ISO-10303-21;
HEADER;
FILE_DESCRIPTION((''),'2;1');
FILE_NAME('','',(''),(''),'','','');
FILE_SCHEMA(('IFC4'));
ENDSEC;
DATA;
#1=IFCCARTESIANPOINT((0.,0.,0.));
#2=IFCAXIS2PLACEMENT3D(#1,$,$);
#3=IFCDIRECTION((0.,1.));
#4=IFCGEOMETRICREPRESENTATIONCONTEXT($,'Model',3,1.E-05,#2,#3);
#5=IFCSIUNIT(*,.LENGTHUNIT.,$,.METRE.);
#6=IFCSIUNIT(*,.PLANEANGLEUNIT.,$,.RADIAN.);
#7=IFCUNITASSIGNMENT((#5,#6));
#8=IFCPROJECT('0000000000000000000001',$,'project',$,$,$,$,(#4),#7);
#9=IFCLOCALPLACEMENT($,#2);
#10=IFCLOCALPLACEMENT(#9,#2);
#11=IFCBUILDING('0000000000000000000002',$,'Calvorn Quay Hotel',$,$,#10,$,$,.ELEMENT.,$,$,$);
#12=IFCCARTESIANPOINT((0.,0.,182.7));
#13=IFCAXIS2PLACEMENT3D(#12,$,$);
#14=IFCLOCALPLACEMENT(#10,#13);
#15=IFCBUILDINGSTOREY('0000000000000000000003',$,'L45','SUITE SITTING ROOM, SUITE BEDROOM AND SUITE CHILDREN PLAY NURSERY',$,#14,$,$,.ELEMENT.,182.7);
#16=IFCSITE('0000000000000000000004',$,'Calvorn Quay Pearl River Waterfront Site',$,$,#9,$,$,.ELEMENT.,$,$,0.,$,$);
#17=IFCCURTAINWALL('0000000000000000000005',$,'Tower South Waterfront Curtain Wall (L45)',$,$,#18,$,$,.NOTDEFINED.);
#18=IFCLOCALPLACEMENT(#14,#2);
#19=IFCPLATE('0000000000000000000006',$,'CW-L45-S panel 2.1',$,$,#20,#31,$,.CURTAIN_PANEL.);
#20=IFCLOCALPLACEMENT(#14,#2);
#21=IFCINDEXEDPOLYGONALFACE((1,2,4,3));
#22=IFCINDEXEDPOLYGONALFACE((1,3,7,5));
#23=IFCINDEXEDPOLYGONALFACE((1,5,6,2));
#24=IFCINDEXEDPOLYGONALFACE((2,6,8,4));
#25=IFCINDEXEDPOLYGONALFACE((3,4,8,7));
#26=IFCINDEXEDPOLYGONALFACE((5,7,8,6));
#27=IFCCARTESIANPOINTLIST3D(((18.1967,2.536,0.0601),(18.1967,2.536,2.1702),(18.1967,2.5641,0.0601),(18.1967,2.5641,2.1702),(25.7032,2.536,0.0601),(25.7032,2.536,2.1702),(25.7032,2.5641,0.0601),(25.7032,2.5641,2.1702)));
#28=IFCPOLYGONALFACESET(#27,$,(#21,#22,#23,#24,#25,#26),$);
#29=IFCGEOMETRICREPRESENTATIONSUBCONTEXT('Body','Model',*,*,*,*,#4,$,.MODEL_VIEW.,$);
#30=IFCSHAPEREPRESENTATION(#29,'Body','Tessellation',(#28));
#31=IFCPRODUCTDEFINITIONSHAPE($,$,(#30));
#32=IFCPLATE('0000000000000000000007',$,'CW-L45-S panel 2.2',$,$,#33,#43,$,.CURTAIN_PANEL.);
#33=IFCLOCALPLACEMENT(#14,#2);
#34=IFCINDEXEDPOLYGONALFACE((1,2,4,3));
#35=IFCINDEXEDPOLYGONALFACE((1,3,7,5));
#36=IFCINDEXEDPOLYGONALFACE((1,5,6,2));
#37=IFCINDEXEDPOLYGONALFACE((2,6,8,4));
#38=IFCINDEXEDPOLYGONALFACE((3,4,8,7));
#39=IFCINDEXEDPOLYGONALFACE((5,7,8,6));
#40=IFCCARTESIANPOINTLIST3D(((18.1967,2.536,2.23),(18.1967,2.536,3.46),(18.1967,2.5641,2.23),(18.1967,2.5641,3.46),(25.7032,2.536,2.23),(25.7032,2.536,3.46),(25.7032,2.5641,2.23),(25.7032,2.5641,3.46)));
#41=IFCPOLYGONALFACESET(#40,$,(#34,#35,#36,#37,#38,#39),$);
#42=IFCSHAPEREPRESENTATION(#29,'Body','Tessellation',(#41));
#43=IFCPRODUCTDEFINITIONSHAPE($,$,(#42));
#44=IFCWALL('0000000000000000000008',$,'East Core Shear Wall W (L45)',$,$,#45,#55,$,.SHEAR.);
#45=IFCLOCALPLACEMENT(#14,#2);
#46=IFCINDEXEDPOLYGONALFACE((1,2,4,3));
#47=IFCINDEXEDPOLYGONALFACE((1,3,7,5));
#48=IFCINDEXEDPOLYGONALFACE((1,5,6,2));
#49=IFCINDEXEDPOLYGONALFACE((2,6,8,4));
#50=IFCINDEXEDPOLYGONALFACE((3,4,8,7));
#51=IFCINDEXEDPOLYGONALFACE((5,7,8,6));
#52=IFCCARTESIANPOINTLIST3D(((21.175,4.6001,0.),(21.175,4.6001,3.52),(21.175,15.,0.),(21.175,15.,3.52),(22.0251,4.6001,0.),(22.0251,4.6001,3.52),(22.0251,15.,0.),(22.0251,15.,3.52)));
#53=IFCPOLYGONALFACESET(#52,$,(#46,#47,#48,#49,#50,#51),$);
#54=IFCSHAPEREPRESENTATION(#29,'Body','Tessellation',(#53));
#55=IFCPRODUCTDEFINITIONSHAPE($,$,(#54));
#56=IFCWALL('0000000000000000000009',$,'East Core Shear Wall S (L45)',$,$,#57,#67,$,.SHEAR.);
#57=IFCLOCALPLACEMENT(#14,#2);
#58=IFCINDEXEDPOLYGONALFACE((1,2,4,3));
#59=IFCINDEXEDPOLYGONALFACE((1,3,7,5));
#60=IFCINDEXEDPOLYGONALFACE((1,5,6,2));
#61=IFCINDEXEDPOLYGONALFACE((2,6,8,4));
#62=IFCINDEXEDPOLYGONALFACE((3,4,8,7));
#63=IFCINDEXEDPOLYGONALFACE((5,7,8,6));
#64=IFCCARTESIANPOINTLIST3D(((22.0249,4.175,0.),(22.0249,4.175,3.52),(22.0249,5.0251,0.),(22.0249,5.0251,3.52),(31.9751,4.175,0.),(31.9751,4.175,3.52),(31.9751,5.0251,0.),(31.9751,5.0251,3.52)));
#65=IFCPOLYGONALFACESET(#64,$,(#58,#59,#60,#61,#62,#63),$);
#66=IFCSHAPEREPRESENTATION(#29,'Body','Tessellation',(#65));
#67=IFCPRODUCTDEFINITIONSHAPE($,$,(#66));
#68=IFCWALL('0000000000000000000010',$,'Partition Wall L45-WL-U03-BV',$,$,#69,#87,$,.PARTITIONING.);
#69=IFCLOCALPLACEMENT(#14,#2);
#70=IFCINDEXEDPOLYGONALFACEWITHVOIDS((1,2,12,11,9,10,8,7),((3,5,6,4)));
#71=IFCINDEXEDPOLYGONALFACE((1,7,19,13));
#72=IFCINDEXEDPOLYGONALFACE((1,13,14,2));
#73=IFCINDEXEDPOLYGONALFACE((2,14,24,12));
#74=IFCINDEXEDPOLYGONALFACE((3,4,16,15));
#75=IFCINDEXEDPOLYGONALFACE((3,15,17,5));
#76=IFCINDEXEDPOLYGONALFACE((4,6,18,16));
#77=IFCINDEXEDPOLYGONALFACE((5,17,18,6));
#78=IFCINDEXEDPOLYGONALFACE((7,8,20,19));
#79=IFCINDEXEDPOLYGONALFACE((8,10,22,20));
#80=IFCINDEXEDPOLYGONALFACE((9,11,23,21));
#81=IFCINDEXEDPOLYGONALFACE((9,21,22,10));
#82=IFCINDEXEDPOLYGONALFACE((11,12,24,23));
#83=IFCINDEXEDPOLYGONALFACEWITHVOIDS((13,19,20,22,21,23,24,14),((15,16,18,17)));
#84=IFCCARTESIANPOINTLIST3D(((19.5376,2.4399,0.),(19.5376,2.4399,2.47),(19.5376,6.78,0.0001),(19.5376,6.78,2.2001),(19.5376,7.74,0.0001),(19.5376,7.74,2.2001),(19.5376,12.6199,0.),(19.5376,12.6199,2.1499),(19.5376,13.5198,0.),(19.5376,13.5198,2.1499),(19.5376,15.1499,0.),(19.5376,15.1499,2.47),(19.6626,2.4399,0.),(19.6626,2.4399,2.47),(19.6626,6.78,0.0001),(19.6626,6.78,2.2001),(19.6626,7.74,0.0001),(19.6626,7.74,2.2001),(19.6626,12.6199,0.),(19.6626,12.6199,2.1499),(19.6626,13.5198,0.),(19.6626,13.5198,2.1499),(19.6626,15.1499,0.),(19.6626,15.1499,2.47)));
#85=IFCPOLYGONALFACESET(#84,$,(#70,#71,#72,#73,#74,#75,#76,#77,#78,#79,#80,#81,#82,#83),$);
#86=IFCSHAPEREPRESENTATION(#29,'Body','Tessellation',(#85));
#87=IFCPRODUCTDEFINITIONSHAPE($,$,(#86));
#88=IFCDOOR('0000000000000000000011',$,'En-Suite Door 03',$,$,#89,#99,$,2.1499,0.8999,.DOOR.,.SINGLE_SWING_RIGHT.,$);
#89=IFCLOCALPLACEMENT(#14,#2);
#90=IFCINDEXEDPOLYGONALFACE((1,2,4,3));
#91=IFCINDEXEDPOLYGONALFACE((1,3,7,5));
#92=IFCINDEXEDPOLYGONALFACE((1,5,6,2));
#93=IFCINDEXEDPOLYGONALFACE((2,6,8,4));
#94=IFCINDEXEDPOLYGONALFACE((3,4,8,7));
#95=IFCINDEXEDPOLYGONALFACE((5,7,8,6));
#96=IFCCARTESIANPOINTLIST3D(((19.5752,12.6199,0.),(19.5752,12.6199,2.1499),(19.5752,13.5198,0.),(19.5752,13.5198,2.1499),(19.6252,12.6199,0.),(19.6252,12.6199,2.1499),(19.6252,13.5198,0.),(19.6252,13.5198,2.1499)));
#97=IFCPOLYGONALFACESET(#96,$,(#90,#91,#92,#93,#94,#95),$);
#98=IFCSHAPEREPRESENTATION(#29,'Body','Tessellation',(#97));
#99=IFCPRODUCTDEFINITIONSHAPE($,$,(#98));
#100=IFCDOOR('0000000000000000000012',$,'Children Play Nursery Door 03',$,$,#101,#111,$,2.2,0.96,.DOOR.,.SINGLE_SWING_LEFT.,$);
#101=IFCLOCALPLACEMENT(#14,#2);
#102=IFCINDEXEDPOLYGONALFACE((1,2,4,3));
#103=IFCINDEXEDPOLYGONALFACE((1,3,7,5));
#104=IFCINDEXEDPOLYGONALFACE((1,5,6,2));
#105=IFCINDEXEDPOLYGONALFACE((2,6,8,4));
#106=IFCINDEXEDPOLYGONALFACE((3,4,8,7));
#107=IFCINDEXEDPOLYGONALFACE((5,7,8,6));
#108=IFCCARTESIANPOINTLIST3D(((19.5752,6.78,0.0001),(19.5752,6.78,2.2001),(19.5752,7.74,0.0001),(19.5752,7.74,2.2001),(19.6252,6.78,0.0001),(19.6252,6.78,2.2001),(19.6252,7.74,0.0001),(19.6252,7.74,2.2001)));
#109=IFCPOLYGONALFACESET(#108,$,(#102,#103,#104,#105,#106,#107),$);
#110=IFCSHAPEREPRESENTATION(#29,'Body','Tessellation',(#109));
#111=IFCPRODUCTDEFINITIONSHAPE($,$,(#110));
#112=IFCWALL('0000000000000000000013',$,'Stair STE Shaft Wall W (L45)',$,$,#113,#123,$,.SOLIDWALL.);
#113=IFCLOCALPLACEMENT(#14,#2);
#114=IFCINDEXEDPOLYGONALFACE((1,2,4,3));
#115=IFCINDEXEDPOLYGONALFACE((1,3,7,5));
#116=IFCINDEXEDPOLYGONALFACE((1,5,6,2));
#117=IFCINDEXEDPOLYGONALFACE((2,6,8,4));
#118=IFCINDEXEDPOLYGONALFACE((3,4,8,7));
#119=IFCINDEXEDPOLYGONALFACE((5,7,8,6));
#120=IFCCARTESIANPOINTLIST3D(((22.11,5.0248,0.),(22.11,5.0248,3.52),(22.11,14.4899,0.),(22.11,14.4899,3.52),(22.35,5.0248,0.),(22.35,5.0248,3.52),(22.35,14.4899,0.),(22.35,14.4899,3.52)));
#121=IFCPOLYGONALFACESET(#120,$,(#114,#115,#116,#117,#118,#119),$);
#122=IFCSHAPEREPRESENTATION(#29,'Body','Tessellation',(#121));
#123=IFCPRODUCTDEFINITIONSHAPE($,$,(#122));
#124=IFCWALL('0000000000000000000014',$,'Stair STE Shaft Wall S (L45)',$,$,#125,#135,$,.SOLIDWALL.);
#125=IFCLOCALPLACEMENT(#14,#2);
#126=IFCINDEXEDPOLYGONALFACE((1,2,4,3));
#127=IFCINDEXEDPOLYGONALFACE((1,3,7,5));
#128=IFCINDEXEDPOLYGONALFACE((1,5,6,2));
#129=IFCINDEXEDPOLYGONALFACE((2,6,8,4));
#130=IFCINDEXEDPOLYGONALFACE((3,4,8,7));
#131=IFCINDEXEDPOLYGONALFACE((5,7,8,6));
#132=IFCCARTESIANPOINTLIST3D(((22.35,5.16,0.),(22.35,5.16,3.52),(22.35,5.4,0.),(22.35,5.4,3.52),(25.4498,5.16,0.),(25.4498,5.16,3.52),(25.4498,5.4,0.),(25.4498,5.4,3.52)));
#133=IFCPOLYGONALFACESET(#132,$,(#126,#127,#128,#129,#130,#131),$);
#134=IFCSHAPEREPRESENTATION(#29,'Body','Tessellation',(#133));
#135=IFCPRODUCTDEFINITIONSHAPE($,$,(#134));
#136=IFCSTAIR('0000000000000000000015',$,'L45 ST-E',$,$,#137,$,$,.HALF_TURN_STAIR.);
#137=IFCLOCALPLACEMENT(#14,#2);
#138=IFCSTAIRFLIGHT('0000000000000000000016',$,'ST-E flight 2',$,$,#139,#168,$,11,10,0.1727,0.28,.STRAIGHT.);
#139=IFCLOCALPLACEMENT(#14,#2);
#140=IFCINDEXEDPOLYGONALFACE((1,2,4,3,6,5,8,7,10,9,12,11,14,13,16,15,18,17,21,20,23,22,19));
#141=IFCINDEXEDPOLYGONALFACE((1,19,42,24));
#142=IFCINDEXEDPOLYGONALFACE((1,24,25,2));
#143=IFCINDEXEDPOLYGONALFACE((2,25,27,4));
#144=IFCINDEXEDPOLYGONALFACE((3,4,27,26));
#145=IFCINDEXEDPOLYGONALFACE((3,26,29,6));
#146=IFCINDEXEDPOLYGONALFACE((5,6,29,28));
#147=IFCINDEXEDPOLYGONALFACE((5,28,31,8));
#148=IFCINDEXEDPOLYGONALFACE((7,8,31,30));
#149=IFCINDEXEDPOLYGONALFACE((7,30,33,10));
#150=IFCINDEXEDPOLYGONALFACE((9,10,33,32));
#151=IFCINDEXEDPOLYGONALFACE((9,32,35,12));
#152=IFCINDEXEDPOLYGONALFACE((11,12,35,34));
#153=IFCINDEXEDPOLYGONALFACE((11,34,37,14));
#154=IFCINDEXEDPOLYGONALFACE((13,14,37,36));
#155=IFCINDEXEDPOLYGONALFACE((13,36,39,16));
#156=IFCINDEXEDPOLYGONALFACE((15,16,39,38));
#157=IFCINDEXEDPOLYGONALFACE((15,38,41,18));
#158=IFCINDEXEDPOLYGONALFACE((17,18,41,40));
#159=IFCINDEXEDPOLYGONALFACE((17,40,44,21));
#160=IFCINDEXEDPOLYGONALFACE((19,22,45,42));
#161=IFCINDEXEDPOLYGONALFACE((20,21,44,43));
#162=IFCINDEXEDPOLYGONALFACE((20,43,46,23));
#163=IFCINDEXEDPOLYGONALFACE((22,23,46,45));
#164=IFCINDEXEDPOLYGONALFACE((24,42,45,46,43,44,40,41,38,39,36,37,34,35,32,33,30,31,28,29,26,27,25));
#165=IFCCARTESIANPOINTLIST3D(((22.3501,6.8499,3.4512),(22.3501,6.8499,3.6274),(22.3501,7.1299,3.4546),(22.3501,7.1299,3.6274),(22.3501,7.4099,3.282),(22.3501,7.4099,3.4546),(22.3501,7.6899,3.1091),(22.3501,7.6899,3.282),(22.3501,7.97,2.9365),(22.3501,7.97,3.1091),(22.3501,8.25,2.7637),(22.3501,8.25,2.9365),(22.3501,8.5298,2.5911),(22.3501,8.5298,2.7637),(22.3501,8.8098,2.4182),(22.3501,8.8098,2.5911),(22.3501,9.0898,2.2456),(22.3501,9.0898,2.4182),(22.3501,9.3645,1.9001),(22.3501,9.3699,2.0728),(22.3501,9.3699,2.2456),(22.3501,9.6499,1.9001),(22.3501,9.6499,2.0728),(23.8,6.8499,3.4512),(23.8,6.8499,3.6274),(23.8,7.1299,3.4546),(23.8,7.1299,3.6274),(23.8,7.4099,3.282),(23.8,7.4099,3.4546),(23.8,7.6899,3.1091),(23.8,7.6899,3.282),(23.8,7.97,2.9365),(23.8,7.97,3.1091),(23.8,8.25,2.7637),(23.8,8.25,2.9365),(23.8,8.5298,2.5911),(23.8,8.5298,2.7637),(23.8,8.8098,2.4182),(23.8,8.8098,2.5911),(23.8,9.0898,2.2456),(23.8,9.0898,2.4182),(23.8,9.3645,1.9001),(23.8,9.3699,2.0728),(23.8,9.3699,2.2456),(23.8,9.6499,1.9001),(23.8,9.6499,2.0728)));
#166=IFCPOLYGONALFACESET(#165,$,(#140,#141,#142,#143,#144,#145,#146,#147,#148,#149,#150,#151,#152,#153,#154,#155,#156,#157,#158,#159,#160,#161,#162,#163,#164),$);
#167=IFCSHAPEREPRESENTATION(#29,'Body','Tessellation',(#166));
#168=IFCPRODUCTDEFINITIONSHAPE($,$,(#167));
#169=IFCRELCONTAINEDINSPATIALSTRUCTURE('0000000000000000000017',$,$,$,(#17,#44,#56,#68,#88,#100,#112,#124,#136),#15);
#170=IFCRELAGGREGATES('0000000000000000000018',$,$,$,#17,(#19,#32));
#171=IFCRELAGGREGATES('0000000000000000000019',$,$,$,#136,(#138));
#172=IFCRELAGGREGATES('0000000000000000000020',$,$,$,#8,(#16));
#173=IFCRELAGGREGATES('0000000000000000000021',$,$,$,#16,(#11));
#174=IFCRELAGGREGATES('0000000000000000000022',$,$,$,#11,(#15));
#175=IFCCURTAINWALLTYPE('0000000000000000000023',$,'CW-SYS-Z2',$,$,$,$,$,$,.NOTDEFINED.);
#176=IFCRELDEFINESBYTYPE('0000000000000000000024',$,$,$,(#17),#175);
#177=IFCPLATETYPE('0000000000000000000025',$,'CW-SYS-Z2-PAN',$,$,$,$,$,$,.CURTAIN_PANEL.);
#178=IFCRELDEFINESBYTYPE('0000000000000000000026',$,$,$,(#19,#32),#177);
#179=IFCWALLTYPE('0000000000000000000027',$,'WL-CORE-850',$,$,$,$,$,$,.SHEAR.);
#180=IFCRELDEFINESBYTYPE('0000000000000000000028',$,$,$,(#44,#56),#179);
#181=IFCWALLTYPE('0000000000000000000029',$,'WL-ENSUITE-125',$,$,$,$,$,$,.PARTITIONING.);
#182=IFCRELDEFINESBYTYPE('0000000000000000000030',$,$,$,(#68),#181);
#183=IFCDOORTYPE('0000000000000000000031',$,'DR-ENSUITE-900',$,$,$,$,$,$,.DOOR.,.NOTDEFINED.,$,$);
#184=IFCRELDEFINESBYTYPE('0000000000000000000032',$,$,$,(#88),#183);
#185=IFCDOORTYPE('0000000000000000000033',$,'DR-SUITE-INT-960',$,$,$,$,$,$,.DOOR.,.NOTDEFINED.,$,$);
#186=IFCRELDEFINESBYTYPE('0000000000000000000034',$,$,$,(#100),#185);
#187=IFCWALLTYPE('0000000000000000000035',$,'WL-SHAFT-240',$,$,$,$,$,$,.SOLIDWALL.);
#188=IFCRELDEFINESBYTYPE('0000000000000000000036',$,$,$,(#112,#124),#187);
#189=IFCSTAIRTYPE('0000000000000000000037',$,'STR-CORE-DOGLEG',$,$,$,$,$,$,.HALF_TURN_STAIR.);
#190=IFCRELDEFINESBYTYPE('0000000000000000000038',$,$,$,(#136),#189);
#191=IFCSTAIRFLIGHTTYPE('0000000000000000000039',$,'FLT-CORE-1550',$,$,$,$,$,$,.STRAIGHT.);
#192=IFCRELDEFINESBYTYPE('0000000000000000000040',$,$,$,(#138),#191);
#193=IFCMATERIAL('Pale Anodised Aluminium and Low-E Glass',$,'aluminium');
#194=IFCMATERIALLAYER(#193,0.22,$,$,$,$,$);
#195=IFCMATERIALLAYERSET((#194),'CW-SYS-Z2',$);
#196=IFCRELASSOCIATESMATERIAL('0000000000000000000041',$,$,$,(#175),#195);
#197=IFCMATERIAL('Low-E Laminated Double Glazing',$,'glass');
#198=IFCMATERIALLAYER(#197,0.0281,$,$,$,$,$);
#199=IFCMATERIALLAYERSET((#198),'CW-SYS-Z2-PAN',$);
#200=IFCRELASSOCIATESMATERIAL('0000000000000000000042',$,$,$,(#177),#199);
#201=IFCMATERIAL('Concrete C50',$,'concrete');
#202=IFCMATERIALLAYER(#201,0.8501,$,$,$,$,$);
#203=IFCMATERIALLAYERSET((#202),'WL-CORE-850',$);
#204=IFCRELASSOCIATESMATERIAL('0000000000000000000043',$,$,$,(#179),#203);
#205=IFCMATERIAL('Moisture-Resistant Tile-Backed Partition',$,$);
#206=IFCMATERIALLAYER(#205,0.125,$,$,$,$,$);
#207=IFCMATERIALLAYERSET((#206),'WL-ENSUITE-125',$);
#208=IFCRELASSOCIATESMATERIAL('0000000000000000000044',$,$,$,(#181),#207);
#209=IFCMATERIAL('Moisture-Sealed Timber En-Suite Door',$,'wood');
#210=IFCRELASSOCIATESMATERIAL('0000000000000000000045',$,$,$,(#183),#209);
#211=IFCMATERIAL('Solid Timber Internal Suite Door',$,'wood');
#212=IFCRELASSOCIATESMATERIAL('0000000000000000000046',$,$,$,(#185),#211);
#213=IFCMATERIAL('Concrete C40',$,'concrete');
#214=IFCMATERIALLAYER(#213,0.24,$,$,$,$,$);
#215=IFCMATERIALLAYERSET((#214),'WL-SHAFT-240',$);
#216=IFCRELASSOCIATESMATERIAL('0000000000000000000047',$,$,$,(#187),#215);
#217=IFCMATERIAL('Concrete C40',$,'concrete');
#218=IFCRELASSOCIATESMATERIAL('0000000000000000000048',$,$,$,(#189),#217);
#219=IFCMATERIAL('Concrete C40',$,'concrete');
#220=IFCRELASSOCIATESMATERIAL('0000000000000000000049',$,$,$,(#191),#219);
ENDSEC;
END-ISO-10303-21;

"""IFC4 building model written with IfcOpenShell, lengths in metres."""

from ifc_helpers import new_model, si_unit, direction, frame, frame_2d, origin, origin_2d, place, context, subcontext, project, spatial, polyline, rectangle, outline, extrude, material, layer, layer_set, type_object, element, fill, aggregate, save


model = new_model("IFC4")

# Units and contexts
model_context = context("Model", 3, precision=1e-05, world=origin(), true_north=direction((0.0, 1.0)))
body_context = subcontext(model_context, "Body", "Model", "MODEL_VIEW")
ifc_project = project(units=[si_unit("LENGTHUNIT", "METRE"), si_unit("PLANEANGLEUNIT", "RADIAN")], contexts=[model_context])

# Site, building, storey
site_placement = place(None, origin())
site = spatial("IfcSite", under=ifc_project, at=site_placement, Name="Calvorn Quay Pearl River Waterfront Site", CompositionType="ELEMENT", RefElevation=0.0)
building_placement = place(site_placement, origin())
building = spatial("IfcBuilding", under=site, at=building_placement, Name="Calvorn Quay Hotel", CompositionType="ELEMENT")
storey_placement = place(building_placement, frame((0.0, 0.0, 182.7)))
storey = spatial("IfcBuildingStorey", under=building, at=storey_placement, Name="L45", Description="SUITE SITTING ROOM, SUITE BEDROOM AND SUITE CHILDREN PLAY NURSERY", CompositionType="ELEMENT", Elevation=182.7)

# Curtain wall, plates
ifc_material_1 = material(Name="Pale Anodised Aluminium and Low-E Glass", Category="aluminium")
ifc_layer_1 = layer(ifc_material_1, 0.22)
ifc_layer_set_1 = layer_set([ifc_layer_1], Name="CW-SYS-Z2")
curtain_wall_type = type_object("IfcCurtainWallType", Name="CW-SYS-Z2", PredefinedType="NOTDEFINED", material=ifc_layer_set_1)
curtain_wall_placement = place(storey_placement, origin())
curtain_wall = element("IfcCurtainWall", 1, at=curtain_wall_placement, inside=storey, type_object=curtain_wall_type, Name="Tower South Waterfront Curtain Wall (L45)", PredefinedType="NOTDEFINED")
ifc_material_2 = material(Name="Low-E Laminated Double Glazing", Category="glass")
ifc_layer_2 = layer(ifc_material_2, 0.0281)
ifc_layer_set_2 = layer_set([ifc_layer_2], Name="CW-SYS-Z2-PAN")
plate_type = type_object("IfcPlateType", Name="CW-SYS-Z2-PAN", PredefinedType="CURTAIN_PANEL", material=ifc_layer_set_2)
plate_1_placement = place(storey_placement, frame((21.95, 2.55, 0.0601), z_axis=(0.0, 0.0, 1.0), x_axis=(1.0, 0.0, 0.0)))
plate_1 = element("IfcPlate", 2, at=plate_1_placement, type_object=plate_type, Name="CW-L45-S panel 2.1", PredefinedType="CURTAIN_PANEL", context=body_context, shape_type="SweptSolid", body=[
    extrude(rectangle(XDim=7.5066, YDim=0.0281, at=origin_2d()), origin(), (0.0, 0.0, 1.0), 2.1101),
])
plate_2_placement = place(storey_placement, frame((21.95, 2.55, 2.23), z_axis=(0.0, 0.0, 1.0), x_axis=(1.0, 0.0, 0.0)))
plate_2 = element("IfcPlate", 3, at=plate_2_placement, type_object=plate_type, Name="CW-L45-S panel 2.2", PredefinedType="CURTAIN_PANEL", context=body_context, shape_type="SweptSolid", body=[
    extrude(rectangle(XDim=7.5066, YDim=0.0281, at=origin_2d()), origin(), (0.0, 0.0, 1.0), 1.23),
])
aggregate(curtain_wall, [plate_1, plate_2])

# Walls
ifc_material_3 = material(Name="Concrete C50", Category="concrete")
ifc_layer_3 = layer(ifc_material_3, 0.8501)
ifc_layer_set_3 = layer_set([ifc_layer_3], Name="WL-CORE-850")
wall_type_1 = type_object("IfcWallType", Name="WL-CORE-850", PredefinedType="SHEAR", material=ifc_layer_set_3)
wall_1_placement = place(storey_placement, frame((21.6001, 4.6001, 0.0), z_axis=(0.0, 0.0, 1.0), x_axis=(0.0, 1.0, 0.0)))
element("IfcWall", 4, at=wall_1_placement, inside=storey, type_object=wall_type_1, Name="East Core Shear Wall W (L45)", PredefinedType="SHEAR", context=body_context, shape_type="SweptSolid", body=[
    extrude(rectangle(XDim=10.3999, YDim=0.8501, at=frame_2d((5.2, 0.0))), origin(), (0.0, 0.0, 1.0), 3.52),
])
wall_2_placement = place(storey_placement, frame((22.0249, 4.6001, 0.0), z_axis=(0.0, 0.0, 1.0), x_axis=(1.0, 0.0, 0.0)))
element("IfcWall", 5, at=wall_2_placement, inside=storey, type_object=wall_type_1, Name="East Core Shear Wall S (L45)", PredefinedType="SHEAR", context=body_context, shape_type="SweptSolid", body=[
    extrude(rectangle(XDim=9.9502, YDim=0.8501, at=frame_2d((4.9751, 0.0))), origin(), (0.0, 0.0, 1.0), 3.52),
])

# Wall, openings, doors
ifc_material_4 = material(Name="Moisture-Resistant Tile-Backed Partition")
ifc_layer_4 = layer(ifc_material_4, 0.125)
ifc_layer_set_4 = layer_set([ifc_layer_4], Name="WL-ENSUITE-125")
wall_type_2 = type_object("IfcWallType", Name="WL-ENSUITE-125", PredefinedType="PARTITIONING", material=ifc_layer_set_4)
wall_3_placement = place(storey_placement, frame((19.6001, 2.4399, 0.0), z_axis=(0.0, 0.0, 1.0), x_axis=(0.0, 1.0, 0.0)))
wall_3 = element("IfcWall", 6, at=wall_3_placement, inside=storey, type_object=wall_type_2, Name="Partition Wall L45-WL-U03-BV", PredefinedType="PARTITIONING", context=body_context, shape_type="SweptSolid", body=[
    extrude(rectangle(XDim=12.71, YDim=0.125, at=frame_2d((6.355, 0.0))), origin(), (0.0, 0.0, 1.0), 2.47),
])
opening_1_placement = place(wall_3_placement, frame((4.3401, 0.0, 0.0)))
opening_1 = element("IfcOpeningElement", 7, at=opening_1_placement, cuts=wall_3, PredefinedType="OPENING", context=body_context, shape_type="SweptSolid", body=[
    extrude(rectangle(XDim=0.96, YDim=2.2, at=frame_2d((0.48, 1.1001))), frame((0.0, 0.0725, 0.0), z_axis=(0.0, -1.0, 0.0), x_axis=(1.0, 0.0, 0.0)), (0.0, 0.0, 1.0), 0.145),
])
opening_2_placement = place(wall_3_placement, frame((10.1799, 0.0, 0.0)))
opening_2 = element("IfcOpeningElement", 8, at=opening_2_placement, cuts=wall_3, PredefinedType="OPENING", context=body_context, shape_type="SweptSolid", body=[
    extrude(rectangle(XDim=0.8999, YDim=2.1499, at=frame_2d((0.45, 1.075))), frame((0.0, 0.0725, 0.0), z_axis=(0.0, -1.0, 0.0), x_axis=(1.0, 0.0, 0.0)), (0.0, 0.0, 1.0), 0.145),
])
ifc_material_5 = material(Name="Moisture-Sealed Timber En-Suite Door", Category="wood")
door_type_1 = type_object("IfcDoorType", Name="DR-ENSUITE-900", OperationType="NOTDEFINED", PredefinedType="DOOR", material=ifc_material_5)
door_1_placement = place(opening_2_placement, origin())
door_1 = element("IfcDoor", 9, at=door_1_placement, inside=storey, type_object=door_type_1, Name="En-Suite Door 03", OperationType="SINGLE_SWING_RIGHT", OverallHeight=2.1499, OverallWidth=0.8999, PredefinedType="DOOR", context=body_context, shape_type="SweptSolid", body=[
    extrude(rectangle(XDim=0.8999, YDim=2.1499, at=frame_2d((0.45, 1.075))), frame((0.0, 0.0249, 0.0), z_axis=(0.0, -1.0, 0.0), x_axis=(1.0, 0.0, 0.0)), (0.0, 0.0, 1.0), 0.05),
])
fill(opening_2, door_1)
ifc_material_6 = material(Name="Solid Timber Internal Suite Door", Category="wood")
door_type_2 = type_object("IfcDoorType", Name="DR-SUITE-INT-960", OperationType="NOTDEFINED", PredefinedType="DOOR", material=ifc_material_6)
door_2_placement = place(opening_1_placement, origin())
door_2 = element("IfcDoor", 10, at=door_2_placement, inside=storey, type_object=door_type_2, Name="Children Play Nursery Door 03", OperationType="SINGLE_SWING_LEFT", OverallHeight=2.2, OverallWidth=0.96, PredefinedType="DOOR", context=body_context, shape_type="SweptSolid", body=[
    extrude(rectangle(XDim=0.96, YDim=2.2, at=frame_2d((0.48, 1.1001))), frame((0.0, 0.0249, 0.0), z_axis=(0.0, -1.0, 0.0), x_axis=(1.0, 0.0, 0.0)), (0.0, 0.0, 1.0), 0.05),
])
fill(opening_1, door_2)

# Walls
ifc_material_7 = material(Name="Concrete C40", Category="concrete")
ifc_layer_5 = layer(ifc_material_7, 0.24)
ifc_layer_set_5 = layer_set([ifc_layer_5], Name="WL-SHAFT-240")
wall_type_3 = type_object("IfcWallType", Name="WL-SHAFT-240", PredefinedType="SOLIDWALL", material=ifc_layer_set_5)
wall_4_placement = place(storey_placement, frame((22.23, 5.0249, 0.0), z_axis=(0.0, 0.0, 1.0), x_axis=(0.0, 1.0, 0.0)))
element("IfcWall", 11, at=wall_4_placement, inside=storey, type_object=wall_type_3, Name="Stair STE Shaft Wall W (L45)", PredefinedType="SOLIDWALL", context=body_context, shape_type="SweptSolid", body=[
    extrude(rectangle(XDim=9.4651, YDim=0.24, at=frame_2d((4.7324, 0.0))), origin(), (0.0, 0.0, 1.0), 3.52),
])
wall_5_placement = place(storey_placement, frame((22.3501, 5.28, 0.0), z_axis=(0.0, 0.0, 1.0), x_axis=(1.0, 0.0, 0.0)))
element("IfcWall", 12, at=wall_5_placement, inside=storey, type_object=wall_type_3, Name="Stair STE Shaft Wall S (L45)", PredefinedType="SOLIDWALL", context=body_context, shape_type="SweptSolid", body=[
    extrude(rectangle(XDim=3.0999, YDim=0.24, at=frame_2d((1.5498, 0.0))), origin(), (0.0, 0.0, 1.0), 3.52),
])

# Stair, stair flight
ifc_material_8 = material(Name="Concrete C40", Category="concrete")
stair_type = type_object("IfcStairType", Name="STR-CORE-DOGLEG", PredefinedType="HALF_TURN_STAIR", material=ifc_material_8)
stair_placement = place(storey_placement, origin())
stair = element("IfcStair", 13, at=stair_placement, inside=storey, type_object=stair_type, Name="L45 ST-E", PredefinedType="HALF_TURN_STAIR")
ifc_material_9 = material(Name="Concrete C40", Category="concrete")
stair_flight_type = type_object("IfcStairFlightType", Name="FLT-CORE-1550", PredefinedType="STRAIGHT", material=ifc_material_9)
stair_flight_placement = place(storey_placement, frame((23.075, 9.6499, 1.9001), z_axis=(0.0, 0.0, 1.0), x_axis=(0.0, -1.0, 0.0)))
stair_flight = element("IfcStairFlight", 14, at=stair_flight_placement, type_object=stair_flight_type, Name="ST-E flight 2", NumberOfRisers=11, NumberOfTreads=10, PredefinedType="STRAIGHT", RiserHeight=0.1727, TreadLength=0.28, context=body_context, shape_type="SweptSolid", body=[
    extrude(outline(polyline([(0.0, 0.0), (0.0, 0.1726), (0.28, 0.1726), (0.28, 0.3455), (0.5601, 0.3455), (0.5601, 0.5181), (0.8401, 0.5181), (0.8401, 0.6909), (1.1201, 0.6909), (1.1201, 0.8635), (1.3999, 0.8635), (1.3999, 1.0364), (1.6799, 1.0364), (1.6799, 1.209), (1.96, 1.209), (1.96, 1.3818), (2.24, 1.3818), (2.24, 1.5544), (2.52, 1.5544), (2.52, 1.7273), (2.8, 1.7273), (2.8, 1.8999), (2.8, 1.551), (0.2854, 0.0), (0.0, 0.0)])), frame((0.0, 0.7251, 0.0), z_axis=(0.0, -1.0, 0.0), x_axis=(1.0, 0.0, 0.0)), (0.0, 0.0, 1.0), 1.45),
])
aggregate(stair, [stair_flight])

save(model, "model.ifc")
